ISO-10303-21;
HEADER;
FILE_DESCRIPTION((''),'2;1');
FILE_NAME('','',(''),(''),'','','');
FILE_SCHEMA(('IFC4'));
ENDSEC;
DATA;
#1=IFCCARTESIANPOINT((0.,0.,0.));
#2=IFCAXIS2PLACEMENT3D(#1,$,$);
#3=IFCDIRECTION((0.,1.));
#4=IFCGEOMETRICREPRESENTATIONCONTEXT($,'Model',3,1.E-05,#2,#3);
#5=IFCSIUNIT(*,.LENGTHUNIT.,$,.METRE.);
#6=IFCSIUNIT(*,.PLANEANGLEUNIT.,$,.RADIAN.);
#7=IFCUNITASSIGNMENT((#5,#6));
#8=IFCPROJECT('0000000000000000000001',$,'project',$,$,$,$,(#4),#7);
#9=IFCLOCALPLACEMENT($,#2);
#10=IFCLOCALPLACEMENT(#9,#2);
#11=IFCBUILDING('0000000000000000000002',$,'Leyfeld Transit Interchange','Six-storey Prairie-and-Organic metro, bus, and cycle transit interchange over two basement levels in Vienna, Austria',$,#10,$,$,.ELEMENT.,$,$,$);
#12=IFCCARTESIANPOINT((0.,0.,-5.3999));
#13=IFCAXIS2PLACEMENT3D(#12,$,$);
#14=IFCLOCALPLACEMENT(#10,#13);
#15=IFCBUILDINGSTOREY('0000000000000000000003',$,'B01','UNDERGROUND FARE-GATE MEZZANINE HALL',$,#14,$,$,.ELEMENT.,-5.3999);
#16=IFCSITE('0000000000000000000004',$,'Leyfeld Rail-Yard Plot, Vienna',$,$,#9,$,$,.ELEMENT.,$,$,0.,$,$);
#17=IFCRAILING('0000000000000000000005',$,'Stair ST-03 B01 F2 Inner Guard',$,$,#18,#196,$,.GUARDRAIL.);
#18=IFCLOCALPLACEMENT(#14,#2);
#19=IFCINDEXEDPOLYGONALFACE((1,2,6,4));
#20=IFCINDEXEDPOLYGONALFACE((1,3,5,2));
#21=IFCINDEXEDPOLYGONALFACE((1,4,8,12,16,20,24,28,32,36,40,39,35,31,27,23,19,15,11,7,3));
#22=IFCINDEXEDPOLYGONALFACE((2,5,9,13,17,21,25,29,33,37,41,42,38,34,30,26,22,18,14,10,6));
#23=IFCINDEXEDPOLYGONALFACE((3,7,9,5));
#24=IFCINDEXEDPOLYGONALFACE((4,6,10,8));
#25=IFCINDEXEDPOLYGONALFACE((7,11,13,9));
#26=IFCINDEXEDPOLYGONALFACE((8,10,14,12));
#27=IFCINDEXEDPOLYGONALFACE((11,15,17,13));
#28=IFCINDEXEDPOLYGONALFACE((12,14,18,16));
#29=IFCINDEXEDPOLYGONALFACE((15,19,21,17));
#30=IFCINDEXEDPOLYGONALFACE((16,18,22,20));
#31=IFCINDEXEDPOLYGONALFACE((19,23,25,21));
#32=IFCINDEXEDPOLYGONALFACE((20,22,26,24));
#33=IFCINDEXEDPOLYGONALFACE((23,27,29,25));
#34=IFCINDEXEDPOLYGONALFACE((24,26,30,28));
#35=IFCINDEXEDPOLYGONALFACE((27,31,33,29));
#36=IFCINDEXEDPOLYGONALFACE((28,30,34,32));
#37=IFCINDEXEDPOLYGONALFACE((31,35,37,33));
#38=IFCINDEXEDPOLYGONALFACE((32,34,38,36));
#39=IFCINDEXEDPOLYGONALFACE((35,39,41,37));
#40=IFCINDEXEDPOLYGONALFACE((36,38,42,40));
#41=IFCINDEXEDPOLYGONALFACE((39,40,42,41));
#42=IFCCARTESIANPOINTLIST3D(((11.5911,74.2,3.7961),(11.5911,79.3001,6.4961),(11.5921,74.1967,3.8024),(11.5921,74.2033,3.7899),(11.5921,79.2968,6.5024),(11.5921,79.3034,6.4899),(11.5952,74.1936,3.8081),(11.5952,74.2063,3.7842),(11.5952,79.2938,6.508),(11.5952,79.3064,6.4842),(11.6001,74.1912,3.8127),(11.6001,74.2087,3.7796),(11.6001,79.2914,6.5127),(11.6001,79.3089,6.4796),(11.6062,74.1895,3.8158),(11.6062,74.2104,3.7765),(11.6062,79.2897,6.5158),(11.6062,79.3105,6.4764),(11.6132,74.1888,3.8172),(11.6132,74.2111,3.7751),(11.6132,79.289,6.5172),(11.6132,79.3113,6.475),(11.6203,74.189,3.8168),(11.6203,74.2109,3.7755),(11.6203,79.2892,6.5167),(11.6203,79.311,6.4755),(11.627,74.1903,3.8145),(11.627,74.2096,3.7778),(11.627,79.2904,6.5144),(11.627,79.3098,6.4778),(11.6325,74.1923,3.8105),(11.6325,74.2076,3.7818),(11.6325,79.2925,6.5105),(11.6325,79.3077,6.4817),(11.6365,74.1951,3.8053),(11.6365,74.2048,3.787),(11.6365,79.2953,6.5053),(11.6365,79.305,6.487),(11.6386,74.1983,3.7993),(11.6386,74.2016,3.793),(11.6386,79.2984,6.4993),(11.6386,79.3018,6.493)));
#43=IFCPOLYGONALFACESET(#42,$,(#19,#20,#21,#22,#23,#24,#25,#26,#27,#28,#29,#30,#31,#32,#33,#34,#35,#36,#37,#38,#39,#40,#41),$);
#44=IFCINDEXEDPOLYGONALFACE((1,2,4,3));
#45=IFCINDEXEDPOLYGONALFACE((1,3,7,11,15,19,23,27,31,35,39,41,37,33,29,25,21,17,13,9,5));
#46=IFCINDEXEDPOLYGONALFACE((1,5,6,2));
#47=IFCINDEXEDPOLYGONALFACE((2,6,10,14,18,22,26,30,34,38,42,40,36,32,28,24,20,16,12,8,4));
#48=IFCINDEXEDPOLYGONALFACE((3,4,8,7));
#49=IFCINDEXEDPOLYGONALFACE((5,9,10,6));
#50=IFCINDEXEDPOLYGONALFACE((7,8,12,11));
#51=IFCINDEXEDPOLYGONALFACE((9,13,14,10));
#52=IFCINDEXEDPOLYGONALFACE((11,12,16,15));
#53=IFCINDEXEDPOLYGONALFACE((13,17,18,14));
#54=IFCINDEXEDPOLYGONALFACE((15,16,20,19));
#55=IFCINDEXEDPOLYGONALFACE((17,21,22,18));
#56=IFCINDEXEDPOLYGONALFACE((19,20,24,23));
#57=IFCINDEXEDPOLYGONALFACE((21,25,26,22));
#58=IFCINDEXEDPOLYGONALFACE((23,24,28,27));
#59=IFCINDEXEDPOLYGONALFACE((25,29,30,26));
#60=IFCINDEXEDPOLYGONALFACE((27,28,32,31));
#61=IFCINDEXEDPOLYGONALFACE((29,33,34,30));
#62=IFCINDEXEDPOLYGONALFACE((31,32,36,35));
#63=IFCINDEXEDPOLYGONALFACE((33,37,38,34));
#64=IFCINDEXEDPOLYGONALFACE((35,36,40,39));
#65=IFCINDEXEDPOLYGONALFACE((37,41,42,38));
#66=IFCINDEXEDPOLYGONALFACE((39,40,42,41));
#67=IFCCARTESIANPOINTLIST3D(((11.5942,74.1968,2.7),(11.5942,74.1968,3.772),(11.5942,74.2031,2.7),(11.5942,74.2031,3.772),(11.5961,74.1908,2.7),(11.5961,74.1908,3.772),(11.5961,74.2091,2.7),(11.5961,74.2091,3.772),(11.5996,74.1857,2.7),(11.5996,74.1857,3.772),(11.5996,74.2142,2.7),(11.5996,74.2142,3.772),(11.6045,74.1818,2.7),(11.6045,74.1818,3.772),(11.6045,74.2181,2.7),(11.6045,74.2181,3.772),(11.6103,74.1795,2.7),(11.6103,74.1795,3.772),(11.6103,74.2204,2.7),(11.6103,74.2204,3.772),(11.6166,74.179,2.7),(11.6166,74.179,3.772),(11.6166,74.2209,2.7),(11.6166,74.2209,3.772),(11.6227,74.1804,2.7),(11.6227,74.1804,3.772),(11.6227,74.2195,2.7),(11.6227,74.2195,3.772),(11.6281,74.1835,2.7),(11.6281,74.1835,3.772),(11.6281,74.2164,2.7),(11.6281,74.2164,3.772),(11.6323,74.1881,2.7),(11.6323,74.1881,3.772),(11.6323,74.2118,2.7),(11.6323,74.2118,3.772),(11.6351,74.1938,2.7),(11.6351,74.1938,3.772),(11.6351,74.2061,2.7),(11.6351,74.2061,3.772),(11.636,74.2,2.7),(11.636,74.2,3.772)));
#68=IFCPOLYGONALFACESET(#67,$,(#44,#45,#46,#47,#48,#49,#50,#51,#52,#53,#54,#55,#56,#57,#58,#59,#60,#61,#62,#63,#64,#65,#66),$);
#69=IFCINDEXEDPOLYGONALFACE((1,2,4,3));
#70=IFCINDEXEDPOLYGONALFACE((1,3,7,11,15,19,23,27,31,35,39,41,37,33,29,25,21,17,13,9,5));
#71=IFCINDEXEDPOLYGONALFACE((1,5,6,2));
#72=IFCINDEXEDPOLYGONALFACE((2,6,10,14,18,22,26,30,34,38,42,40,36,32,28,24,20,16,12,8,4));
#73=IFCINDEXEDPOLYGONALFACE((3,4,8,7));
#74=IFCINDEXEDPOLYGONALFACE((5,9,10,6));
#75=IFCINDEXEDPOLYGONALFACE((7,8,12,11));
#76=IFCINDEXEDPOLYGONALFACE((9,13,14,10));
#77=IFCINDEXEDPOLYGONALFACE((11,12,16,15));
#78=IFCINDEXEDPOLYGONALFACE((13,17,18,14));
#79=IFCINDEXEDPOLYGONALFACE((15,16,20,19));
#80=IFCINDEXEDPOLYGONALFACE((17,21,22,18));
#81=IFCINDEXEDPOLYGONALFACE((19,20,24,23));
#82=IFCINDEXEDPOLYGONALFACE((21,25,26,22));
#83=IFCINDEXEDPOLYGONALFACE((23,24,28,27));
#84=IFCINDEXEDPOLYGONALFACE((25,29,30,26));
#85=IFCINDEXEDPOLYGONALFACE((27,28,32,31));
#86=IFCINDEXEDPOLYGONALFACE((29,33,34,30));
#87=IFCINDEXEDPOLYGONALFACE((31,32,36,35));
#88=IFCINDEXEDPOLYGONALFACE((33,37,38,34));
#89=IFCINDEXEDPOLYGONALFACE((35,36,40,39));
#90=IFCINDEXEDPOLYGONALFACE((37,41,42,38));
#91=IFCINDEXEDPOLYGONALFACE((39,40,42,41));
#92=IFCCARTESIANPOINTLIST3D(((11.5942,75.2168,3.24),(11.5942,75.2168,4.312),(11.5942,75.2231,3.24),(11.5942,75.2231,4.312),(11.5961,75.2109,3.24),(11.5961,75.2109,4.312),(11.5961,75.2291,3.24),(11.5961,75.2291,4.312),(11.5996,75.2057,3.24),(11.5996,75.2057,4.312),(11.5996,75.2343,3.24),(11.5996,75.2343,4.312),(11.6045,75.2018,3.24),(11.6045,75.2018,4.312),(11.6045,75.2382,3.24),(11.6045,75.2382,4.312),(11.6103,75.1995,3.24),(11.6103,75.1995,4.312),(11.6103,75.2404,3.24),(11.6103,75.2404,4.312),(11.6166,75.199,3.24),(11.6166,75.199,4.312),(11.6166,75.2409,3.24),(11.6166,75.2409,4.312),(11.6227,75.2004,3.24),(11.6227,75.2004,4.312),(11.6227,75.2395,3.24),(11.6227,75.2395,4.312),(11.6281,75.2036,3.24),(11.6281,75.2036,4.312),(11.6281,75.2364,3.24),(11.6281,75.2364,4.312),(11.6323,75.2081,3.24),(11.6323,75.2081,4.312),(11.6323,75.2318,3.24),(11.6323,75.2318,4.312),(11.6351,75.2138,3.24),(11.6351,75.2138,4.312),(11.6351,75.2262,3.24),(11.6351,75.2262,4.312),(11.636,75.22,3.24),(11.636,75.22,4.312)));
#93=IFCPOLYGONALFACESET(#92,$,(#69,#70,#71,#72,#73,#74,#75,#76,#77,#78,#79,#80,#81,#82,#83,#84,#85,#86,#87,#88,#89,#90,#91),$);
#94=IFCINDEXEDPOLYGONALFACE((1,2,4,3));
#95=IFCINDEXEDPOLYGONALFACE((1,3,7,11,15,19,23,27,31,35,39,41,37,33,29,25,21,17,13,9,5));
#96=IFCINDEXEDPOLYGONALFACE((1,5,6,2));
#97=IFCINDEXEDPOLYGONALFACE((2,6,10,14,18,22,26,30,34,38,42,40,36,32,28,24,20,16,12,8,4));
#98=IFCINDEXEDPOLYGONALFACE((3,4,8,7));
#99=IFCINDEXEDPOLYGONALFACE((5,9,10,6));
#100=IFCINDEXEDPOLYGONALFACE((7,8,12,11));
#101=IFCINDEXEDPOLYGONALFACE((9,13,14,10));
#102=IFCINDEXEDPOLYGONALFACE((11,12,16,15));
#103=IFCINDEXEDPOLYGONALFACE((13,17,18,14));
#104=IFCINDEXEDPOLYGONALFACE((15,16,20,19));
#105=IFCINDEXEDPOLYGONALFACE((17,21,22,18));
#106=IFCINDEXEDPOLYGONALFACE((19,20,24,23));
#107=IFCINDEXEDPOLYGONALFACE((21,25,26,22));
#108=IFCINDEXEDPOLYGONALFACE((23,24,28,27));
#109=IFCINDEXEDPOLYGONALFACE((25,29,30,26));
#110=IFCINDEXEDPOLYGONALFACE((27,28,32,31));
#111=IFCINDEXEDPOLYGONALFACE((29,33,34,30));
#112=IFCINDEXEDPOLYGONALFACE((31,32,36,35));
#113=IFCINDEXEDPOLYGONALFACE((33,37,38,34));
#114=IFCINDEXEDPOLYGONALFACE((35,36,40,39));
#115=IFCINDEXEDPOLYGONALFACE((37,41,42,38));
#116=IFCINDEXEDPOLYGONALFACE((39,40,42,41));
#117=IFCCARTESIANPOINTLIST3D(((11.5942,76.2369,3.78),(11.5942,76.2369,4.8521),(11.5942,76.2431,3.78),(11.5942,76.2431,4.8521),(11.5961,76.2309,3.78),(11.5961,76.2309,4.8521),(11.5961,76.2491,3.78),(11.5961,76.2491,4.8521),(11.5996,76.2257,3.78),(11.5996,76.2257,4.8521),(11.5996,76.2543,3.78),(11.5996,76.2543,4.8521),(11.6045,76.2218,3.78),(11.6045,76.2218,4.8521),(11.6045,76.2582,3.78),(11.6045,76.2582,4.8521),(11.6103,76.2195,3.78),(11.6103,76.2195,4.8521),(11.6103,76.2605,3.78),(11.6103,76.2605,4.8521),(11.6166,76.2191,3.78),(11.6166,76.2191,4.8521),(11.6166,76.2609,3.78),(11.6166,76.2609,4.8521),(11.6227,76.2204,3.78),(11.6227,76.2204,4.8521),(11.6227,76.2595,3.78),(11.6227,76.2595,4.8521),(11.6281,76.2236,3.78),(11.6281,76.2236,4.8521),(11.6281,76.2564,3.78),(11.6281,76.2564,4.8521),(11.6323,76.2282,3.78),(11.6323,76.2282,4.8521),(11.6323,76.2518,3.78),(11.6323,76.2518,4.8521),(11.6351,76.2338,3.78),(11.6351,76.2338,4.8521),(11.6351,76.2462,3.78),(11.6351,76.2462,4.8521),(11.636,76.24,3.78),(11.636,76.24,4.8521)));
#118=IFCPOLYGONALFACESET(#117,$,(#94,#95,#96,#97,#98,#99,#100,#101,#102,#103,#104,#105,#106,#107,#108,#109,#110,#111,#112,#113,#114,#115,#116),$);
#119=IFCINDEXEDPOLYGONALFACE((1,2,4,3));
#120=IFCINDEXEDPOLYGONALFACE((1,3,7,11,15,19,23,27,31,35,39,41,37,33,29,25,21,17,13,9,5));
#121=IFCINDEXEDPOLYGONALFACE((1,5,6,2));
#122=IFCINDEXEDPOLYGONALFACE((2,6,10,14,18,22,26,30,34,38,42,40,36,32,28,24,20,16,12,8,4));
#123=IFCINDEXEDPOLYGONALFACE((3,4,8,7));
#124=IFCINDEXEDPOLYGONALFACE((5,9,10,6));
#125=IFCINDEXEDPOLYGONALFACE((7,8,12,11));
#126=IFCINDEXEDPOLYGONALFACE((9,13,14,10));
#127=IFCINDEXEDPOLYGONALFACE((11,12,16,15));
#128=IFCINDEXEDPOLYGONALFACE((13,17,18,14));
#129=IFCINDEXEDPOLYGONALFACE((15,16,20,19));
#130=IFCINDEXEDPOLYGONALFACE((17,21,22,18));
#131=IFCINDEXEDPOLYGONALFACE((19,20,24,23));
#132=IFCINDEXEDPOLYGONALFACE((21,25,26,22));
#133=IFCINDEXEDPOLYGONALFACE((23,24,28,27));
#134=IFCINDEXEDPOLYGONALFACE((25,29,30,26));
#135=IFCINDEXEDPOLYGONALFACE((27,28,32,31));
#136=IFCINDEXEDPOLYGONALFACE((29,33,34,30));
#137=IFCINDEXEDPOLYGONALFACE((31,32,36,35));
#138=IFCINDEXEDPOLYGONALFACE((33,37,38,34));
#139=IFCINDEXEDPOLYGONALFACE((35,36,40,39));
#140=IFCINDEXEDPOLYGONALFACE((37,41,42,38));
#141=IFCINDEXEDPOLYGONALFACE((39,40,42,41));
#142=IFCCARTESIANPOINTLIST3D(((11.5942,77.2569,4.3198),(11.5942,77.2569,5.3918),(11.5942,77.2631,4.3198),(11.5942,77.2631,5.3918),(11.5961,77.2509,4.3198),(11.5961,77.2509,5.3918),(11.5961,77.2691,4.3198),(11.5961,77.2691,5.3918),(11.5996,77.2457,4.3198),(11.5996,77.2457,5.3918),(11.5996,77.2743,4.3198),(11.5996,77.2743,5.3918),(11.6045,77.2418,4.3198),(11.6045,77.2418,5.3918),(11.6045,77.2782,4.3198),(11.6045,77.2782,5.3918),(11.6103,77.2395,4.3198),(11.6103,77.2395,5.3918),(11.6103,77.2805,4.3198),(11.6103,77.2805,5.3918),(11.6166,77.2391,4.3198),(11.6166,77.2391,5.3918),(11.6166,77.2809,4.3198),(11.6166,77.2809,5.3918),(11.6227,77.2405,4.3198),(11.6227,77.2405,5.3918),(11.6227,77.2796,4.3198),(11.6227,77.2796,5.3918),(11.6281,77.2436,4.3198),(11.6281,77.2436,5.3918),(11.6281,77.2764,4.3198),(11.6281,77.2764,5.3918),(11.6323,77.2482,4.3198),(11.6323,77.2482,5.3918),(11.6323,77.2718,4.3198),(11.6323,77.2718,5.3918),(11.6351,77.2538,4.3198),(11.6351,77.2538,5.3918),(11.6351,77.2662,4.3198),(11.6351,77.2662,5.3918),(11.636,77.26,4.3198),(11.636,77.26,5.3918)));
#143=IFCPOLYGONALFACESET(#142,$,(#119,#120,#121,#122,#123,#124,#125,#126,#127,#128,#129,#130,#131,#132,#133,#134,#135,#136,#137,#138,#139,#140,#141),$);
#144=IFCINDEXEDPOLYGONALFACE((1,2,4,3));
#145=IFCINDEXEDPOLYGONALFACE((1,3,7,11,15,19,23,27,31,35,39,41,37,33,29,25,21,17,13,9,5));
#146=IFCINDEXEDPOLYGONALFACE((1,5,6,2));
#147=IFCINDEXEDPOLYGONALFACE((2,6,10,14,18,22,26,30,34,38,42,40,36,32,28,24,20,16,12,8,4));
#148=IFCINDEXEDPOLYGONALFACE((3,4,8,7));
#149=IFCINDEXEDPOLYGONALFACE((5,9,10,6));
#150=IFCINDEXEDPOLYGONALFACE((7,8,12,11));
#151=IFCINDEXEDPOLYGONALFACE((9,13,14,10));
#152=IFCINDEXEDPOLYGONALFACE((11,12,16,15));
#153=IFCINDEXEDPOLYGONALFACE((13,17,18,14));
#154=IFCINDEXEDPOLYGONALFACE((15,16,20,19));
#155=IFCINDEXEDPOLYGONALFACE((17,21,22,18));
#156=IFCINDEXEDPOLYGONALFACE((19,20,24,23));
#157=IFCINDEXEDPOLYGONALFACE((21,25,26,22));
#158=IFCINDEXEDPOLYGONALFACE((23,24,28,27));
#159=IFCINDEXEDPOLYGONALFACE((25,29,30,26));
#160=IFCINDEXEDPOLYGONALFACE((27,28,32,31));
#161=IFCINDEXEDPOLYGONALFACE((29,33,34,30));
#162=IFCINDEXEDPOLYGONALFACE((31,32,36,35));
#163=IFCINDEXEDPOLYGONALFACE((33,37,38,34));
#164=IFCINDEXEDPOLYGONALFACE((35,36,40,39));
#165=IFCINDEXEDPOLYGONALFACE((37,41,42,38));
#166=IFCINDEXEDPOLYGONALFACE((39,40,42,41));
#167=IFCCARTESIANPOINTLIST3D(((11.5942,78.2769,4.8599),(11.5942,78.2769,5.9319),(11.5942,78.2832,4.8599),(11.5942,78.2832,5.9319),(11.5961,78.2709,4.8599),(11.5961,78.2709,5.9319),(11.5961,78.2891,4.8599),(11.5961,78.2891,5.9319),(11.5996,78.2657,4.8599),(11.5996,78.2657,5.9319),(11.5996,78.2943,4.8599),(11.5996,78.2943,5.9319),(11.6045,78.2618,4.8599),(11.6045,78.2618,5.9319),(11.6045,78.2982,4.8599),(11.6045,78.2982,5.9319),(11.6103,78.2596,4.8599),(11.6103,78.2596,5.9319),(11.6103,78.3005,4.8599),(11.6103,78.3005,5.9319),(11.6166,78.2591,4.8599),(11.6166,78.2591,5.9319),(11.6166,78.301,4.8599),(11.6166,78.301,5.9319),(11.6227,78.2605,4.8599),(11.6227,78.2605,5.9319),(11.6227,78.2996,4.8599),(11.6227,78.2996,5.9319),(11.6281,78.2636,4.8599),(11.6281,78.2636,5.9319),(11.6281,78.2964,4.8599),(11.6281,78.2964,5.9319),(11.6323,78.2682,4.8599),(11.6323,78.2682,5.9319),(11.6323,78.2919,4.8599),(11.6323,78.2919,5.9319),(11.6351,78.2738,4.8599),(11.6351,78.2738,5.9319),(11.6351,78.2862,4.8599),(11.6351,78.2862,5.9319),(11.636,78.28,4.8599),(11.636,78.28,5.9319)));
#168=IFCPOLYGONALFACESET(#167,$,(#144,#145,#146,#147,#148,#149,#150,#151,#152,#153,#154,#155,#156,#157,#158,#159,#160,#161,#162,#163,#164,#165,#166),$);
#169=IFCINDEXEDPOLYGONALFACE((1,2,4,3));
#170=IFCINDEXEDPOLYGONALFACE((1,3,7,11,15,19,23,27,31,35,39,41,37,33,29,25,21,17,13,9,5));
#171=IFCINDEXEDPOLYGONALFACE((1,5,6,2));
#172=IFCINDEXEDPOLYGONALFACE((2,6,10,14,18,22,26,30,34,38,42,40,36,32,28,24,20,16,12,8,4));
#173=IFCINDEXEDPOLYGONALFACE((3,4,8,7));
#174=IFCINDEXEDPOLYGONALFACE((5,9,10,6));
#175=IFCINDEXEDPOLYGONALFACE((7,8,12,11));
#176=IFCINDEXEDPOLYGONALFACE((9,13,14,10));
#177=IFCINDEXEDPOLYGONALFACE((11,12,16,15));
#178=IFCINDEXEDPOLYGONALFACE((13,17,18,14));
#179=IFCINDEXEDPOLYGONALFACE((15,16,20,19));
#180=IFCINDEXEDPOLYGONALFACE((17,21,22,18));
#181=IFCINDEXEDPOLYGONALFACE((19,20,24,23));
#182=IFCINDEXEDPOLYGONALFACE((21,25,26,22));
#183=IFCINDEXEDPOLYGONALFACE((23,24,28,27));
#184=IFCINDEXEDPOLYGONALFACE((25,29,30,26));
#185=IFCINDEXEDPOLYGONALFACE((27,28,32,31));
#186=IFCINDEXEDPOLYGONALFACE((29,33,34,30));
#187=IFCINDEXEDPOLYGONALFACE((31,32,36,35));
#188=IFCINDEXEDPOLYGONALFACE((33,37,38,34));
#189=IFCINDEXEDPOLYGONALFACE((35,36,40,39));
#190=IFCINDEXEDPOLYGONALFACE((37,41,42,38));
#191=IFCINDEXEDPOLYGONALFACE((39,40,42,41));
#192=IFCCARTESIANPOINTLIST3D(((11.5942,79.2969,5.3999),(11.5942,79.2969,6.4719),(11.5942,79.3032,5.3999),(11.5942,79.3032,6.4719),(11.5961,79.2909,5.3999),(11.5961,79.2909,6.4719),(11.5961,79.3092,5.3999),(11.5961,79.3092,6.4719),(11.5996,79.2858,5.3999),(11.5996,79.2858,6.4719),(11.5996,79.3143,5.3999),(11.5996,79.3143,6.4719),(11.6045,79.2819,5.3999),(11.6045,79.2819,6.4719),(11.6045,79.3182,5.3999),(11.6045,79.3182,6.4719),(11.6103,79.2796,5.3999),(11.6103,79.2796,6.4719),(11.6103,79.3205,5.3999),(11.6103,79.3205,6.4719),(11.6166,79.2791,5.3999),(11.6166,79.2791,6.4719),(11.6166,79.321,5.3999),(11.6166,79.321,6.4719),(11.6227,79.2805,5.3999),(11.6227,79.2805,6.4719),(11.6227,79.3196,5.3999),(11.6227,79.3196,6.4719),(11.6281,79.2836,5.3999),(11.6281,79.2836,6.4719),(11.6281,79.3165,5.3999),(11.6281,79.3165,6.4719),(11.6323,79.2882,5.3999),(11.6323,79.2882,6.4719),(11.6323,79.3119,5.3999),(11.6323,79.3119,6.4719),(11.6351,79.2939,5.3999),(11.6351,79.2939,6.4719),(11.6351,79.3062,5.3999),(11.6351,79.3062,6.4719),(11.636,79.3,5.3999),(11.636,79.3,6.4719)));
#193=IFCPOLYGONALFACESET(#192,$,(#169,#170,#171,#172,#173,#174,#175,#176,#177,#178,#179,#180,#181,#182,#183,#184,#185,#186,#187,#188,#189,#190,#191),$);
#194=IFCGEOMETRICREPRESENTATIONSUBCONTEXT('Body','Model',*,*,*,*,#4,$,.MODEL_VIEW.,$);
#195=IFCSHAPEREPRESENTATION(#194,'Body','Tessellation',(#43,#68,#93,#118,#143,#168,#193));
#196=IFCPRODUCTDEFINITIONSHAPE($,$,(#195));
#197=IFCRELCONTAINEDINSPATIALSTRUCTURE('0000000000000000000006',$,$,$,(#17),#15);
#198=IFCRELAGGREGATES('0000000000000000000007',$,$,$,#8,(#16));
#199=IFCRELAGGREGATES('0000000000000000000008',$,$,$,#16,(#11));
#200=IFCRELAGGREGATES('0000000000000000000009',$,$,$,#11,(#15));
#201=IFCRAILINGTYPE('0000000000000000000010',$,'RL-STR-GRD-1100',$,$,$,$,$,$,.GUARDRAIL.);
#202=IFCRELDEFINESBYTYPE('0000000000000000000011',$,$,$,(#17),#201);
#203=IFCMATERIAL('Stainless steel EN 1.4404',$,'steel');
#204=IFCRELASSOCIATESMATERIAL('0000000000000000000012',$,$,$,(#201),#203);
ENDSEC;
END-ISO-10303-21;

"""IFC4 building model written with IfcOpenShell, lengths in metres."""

from ifc_helpers import new_model, si_unit, direction, frame, origin, origin_2d, place, context, subcontext, project, spatial, circle, extrude, material, type_object, element, save


model = new_model("IFC4")

# Units and contexts
model_context = context("Model", 3, precision=1e-05, world=origin(), true_north=direction((0.0, 1.0)))
body_context = subcontext(model_context, "Body", "Model", "MODEL_VIEW")
ifc_project = project(units=[si_unit("LENGTHUNIT", "METRE"), si_unit("PLANEANGLEUNIT", "RADIAN")], contexts=[model_context])

# Site, building, storey
site_placement = place(None, origin())
site = spatial("IfcSite", under=ifc_project, at=site_placement, Name="Leyfeld Rail-Yard Plot, Vienna", CompositionType="ELEMENT", RefElevation=0.0)
building_placement = place(site_placement, origin())
building = spatial("IfcBuilding", under=site, at=building_placement, Name="Leyfeld Transit Interchange", Description="Six-storey Prairie-and-Organic metro, bus, and cycle transit interchange over two basement levels in Vienna, Austria", CompositionType="ELEMENT")
storey_placement = place(building_placement, frame((0.0, 0.0, -5.3999)))
storey = spatial("IfcBuildingStorey", under=building, at=storey_placement, Name="B01", Description="UNDERGROUND FARE-GATE MEZZANINE HALL", CompositionType="ELEMENT", Elevation=-5.3999)

# Railing
ifc_material_1 = material(Name="Stainless steel EN 1.4404", Category="steel")
railing_type_1 = type_object("IfcRailingType", Name="RL-STR-GRD-1100", PredefinedType="GUARDRAIL", material=ifc_material_1)
for number, where, name in (
    (1, (11.615, 74.2, 2.7), "Stair ST-03 B01 F2 Inner Guard"),
):
    element("IfcRailing", number, at=place(storey_placement, frame(where)), inside=storey, type_object=railing_type_1, Name=name, PredefinedType="GUARDRAIL", context=body_context, shape_type="SweptSolid", body=[
        extrude(circle(Radius=0.0239, at=origin_2d()), frame((0.0, 0.0, 1.0962), z_axis=(0.0, 0.883795, 0.467874), x_axis=(-1.0, 0.0, 0.0)), (0.0, 0.0, 1.0), 5.7708),
        extrude(circle(Radius=0.021, at=origin_2d()), origin(), (0.0, 0.0, 1.0), 1.072),
        extrude(circle(Radius=0.021, at=origin_2d()), frame((0.0, 1.02, 0.54)), (0.0, 0.0, 1.0), 1.072),
        extrude(circle(Radius=0.021, at=origin_2d()), frame((0.0, 2.04, 1.0801)), (0.0, 0.0, 1.0), 1.072),
        extrude(circle(Radius=0.021, at=origin_2d()), frame((0.0, 3.0601, 1.6199)), (0.0, 0.0, 1.0), 1.072),
        extrude(circle(Radius=0.021, at=origin_2d()), frame((0.0, 4.0801, 2.1599)), (0.0, 0.0, 1.0), 1.072),
        extrude(circle(Radius=0.021, at=origin_2d()), frame((0.0, 5.1001, 2.7)), (0.0, 0.0, 1.0), 1.072),
    ])

save(model, "model.ifc")
